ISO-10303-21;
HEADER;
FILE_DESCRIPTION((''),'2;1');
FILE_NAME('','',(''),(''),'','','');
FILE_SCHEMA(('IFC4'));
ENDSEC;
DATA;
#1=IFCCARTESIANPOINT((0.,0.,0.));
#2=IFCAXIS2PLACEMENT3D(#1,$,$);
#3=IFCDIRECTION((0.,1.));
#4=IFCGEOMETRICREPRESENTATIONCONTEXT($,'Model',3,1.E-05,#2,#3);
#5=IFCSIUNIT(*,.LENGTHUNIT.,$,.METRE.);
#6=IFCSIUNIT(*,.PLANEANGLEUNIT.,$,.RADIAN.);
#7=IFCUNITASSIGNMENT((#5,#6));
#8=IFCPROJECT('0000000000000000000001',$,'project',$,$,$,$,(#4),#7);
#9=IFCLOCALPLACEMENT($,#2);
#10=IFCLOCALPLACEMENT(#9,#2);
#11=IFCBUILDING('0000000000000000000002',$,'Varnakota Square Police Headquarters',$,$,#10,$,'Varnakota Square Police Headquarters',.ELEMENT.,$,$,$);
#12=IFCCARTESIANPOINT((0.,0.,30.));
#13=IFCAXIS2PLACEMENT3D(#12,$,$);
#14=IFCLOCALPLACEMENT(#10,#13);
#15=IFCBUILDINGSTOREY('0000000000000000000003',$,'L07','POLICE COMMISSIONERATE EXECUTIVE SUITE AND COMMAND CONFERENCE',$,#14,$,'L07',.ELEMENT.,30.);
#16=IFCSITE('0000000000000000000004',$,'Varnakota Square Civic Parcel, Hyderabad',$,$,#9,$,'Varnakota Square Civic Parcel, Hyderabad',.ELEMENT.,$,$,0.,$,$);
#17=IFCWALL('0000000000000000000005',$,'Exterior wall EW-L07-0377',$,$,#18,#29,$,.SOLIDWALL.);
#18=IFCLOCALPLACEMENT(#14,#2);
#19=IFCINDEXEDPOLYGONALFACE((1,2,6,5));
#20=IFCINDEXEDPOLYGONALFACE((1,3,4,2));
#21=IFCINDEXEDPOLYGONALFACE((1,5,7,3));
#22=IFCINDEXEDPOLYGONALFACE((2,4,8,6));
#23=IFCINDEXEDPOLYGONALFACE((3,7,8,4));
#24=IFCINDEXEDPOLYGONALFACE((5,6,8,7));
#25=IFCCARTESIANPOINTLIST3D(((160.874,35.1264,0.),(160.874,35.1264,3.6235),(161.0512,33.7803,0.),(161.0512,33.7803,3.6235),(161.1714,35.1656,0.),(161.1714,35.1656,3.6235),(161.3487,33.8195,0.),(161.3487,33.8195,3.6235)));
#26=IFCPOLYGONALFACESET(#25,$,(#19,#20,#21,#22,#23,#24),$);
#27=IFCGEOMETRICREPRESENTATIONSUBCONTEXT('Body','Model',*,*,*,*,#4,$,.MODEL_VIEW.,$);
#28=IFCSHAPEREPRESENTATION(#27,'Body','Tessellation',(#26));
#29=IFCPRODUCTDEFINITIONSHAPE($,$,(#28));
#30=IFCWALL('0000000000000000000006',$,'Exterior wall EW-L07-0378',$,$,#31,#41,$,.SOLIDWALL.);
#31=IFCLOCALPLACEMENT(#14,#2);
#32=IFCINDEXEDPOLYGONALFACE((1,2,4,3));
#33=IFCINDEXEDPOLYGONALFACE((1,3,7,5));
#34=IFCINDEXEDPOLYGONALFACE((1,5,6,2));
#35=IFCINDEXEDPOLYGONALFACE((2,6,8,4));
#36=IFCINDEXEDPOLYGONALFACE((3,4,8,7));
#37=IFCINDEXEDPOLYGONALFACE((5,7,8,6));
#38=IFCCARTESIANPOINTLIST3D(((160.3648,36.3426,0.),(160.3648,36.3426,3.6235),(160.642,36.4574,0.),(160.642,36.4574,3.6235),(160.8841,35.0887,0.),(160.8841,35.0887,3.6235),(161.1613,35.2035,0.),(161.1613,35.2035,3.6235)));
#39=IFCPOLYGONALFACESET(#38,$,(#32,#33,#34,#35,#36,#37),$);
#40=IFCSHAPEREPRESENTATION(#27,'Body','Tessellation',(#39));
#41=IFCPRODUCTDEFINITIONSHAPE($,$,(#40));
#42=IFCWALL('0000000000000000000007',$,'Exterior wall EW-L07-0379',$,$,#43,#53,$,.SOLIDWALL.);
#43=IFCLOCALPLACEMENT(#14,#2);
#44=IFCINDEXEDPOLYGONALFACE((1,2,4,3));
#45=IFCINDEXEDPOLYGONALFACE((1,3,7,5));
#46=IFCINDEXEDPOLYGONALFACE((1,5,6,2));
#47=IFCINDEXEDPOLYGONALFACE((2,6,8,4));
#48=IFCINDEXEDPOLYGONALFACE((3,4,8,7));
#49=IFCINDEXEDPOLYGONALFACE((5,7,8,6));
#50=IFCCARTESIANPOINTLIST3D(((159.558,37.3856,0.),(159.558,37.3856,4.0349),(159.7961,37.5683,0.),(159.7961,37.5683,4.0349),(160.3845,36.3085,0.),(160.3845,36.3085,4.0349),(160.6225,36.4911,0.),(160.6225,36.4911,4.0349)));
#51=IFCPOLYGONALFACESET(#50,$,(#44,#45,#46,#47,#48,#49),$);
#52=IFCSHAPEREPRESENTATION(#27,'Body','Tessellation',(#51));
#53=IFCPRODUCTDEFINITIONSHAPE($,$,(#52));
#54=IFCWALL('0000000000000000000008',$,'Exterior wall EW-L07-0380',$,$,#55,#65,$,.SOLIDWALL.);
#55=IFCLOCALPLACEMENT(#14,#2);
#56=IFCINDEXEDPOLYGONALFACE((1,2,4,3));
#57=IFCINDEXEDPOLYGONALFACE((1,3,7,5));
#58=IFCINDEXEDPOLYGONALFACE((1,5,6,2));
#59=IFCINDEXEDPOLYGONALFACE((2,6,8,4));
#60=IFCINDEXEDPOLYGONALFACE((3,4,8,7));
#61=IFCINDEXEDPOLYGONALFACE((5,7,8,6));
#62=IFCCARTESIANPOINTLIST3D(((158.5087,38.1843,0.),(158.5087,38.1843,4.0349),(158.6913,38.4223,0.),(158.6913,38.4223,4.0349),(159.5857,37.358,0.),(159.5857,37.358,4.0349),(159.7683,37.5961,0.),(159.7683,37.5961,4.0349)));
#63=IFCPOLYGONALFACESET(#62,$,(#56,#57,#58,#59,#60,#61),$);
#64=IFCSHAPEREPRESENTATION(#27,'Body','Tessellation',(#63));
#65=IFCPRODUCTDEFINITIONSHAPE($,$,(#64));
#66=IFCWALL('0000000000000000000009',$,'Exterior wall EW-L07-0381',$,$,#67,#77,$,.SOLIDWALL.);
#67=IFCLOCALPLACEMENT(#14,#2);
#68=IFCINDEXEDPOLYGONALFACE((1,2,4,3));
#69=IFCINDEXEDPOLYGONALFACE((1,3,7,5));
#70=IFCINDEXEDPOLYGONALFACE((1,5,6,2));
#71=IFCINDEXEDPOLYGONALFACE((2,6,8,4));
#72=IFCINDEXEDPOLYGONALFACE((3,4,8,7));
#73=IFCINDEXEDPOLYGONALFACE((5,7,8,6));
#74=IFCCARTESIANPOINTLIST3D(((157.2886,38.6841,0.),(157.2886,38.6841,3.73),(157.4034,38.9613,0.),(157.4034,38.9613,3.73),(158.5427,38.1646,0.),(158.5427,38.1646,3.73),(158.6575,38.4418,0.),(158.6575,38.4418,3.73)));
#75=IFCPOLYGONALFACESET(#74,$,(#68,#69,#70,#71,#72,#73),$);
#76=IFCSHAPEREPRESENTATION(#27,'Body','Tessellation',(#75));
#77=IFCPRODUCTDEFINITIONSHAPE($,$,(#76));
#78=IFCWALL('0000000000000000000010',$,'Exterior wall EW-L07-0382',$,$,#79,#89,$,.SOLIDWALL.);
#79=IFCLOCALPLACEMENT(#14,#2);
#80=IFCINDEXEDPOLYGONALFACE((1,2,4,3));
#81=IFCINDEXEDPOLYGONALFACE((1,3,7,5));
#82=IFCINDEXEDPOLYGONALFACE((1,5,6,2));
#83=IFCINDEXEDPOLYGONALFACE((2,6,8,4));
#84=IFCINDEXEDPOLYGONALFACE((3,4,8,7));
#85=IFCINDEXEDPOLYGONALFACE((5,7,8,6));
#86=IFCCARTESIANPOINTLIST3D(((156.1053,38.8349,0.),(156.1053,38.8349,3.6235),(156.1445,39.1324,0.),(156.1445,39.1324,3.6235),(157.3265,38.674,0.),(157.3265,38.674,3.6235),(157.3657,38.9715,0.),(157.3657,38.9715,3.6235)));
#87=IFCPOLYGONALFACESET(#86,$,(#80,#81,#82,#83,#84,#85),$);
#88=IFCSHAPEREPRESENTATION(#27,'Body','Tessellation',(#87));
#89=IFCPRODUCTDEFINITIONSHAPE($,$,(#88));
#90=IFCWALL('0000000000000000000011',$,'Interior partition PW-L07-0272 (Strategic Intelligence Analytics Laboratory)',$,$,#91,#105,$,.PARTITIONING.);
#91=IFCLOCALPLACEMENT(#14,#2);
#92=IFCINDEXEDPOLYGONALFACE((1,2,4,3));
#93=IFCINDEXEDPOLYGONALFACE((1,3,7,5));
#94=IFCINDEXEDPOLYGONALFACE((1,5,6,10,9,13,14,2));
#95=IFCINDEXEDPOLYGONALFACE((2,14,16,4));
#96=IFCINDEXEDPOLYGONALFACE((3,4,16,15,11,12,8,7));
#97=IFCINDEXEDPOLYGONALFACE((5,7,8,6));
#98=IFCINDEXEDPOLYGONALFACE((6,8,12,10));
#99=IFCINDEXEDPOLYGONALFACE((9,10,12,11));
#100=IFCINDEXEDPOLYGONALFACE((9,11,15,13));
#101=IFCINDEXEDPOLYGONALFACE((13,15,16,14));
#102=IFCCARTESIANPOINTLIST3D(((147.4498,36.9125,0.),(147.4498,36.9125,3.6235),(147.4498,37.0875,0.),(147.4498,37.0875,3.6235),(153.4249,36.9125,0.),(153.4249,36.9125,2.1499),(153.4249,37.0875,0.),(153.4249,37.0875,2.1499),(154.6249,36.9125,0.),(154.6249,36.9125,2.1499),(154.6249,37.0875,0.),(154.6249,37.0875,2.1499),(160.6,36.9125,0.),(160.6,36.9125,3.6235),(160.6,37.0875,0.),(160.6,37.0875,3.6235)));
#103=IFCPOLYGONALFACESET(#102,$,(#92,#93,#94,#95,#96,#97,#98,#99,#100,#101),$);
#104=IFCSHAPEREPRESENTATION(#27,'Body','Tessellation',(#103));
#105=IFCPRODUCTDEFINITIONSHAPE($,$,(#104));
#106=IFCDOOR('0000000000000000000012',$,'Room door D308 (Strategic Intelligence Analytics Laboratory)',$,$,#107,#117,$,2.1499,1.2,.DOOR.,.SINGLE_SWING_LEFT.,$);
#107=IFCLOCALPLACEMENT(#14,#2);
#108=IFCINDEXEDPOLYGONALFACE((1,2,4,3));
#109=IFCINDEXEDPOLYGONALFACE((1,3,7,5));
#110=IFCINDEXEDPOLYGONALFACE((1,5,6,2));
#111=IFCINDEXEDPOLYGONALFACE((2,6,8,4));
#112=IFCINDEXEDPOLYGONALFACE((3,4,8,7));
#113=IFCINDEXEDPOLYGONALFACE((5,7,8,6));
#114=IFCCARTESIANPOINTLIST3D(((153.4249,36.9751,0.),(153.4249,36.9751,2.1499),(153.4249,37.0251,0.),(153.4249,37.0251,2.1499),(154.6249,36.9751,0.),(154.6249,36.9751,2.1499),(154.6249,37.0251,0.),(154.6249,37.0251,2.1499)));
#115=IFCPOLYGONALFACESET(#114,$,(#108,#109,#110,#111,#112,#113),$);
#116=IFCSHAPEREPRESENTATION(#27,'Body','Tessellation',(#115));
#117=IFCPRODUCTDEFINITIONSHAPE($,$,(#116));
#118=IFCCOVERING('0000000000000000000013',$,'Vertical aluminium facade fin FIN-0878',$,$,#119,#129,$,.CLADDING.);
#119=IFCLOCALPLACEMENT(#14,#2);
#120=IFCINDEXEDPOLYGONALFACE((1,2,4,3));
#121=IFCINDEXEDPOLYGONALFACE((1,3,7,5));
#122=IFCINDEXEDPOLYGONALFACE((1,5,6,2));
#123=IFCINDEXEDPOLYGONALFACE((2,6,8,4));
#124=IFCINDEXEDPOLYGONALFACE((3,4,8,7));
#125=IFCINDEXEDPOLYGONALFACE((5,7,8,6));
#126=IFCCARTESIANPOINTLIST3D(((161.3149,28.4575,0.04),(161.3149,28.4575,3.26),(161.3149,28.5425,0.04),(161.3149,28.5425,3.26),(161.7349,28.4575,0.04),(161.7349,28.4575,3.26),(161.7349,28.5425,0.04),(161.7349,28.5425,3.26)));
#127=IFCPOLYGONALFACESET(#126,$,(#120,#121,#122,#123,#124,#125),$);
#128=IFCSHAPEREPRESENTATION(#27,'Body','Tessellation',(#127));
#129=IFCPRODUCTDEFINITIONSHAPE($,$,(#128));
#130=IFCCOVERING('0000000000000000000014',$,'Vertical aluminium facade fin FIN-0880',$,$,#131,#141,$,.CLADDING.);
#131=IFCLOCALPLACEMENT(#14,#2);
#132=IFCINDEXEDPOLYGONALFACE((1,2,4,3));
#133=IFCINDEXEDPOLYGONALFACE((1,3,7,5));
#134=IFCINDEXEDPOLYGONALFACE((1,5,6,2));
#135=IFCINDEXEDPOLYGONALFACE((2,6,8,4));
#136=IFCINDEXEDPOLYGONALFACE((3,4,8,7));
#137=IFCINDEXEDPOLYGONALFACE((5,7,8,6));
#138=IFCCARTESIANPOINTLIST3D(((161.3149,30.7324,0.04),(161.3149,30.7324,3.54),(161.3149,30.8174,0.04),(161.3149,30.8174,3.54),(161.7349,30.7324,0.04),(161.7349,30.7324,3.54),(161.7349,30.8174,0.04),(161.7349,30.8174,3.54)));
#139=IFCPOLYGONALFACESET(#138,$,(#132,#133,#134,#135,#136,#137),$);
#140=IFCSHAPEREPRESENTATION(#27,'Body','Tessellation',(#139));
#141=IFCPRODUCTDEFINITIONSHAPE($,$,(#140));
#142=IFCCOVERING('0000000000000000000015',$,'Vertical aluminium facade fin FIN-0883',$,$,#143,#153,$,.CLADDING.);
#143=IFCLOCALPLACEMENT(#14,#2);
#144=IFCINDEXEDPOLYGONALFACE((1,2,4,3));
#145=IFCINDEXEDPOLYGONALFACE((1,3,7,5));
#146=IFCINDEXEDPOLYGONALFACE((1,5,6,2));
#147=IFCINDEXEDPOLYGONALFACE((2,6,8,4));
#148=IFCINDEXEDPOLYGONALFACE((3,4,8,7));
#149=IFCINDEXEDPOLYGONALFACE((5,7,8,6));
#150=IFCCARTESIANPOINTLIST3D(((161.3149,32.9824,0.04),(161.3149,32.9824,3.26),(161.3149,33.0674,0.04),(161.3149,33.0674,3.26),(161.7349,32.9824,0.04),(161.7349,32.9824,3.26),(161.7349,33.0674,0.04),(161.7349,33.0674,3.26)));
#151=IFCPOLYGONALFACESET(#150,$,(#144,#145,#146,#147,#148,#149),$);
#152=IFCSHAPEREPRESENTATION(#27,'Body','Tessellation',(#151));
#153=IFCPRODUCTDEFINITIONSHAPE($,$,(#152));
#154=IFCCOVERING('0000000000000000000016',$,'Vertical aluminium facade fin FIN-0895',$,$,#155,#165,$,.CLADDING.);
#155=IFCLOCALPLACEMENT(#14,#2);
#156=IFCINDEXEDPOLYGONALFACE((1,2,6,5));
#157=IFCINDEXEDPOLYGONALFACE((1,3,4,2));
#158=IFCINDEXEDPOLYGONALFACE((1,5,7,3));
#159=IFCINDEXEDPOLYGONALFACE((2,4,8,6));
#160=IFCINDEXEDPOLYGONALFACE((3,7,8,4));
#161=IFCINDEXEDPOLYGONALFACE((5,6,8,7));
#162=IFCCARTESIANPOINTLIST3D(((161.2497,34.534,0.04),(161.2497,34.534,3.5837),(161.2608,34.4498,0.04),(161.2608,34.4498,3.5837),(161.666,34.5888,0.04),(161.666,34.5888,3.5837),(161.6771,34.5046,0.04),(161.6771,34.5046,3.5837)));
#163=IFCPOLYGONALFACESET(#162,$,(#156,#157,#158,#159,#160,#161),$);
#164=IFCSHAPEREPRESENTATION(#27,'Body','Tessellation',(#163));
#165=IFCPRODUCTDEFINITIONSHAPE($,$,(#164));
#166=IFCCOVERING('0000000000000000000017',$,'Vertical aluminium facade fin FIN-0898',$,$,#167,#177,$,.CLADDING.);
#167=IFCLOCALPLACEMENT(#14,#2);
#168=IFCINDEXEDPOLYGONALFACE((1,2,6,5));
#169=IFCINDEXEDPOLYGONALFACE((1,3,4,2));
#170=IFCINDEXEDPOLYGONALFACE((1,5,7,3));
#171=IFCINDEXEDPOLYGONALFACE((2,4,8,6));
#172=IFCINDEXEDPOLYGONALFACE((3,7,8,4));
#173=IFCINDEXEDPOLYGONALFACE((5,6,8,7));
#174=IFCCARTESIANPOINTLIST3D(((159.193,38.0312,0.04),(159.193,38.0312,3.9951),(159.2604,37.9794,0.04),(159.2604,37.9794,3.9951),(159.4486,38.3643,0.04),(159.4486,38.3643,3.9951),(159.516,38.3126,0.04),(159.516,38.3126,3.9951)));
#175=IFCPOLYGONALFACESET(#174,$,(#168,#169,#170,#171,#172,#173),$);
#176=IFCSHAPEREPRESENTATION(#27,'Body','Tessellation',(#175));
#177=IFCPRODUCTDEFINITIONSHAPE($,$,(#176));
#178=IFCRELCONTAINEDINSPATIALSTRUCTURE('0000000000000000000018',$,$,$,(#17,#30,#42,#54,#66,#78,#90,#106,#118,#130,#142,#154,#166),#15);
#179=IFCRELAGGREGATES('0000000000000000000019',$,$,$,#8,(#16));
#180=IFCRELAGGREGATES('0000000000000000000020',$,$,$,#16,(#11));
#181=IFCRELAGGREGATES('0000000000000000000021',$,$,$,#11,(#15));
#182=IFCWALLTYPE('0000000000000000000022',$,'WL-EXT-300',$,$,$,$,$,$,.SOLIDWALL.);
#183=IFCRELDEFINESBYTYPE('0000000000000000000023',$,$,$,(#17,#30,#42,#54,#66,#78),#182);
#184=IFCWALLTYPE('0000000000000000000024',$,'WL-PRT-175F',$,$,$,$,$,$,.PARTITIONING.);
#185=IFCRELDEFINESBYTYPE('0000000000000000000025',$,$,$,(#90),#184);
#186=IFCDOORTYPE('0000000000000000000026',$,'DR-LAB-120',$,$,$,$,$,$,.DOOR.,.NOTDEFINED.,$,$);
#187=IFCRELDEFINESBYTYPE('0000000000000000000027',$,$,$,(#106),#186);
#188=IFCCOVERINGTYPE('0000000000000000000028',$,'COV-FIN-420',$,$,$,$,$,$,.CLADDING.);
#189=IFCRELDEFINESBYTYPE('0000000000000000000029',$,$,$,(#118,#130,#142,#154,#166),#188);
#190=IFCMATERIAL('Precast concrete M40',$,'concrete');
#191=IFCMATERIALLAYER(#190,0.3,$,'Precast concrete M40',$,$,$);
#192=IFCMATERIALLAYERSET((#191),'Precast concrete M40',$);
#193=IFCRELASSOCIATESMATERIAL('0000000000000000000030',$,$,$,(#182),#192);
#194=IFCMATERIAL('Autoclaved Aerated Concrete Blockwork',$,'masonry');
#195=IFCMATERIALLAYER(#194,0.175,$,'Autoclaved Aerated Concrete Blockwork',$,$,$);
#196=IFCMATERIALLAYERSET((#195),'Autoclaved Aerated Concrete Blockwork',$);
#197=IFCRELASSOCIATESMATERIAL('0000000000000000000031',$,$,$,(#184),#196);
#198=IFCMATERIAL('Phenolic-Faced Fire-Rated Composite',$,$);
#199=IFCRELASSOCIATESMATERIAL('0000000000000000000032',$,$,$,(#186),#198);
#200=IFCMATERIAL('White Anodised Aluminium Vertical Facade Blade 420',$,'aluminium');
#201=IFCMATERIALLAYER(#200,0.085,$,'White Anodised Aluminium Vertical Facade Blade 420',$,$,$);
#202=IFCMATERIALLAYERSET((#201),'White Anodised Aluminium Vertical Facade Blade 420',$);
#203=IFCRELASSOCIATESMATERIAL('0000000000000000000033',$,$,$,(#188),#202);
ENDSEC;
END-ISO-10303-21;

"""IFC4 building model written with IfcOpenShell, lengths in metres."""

from ifc_helpers import new_model, si_unit, direction, frame, frame_2d, origin, origin_2d, place, context, subcontext, project, spatial, rectangle, extrude, material, layer, layer_set, type_object, element, fill, save


model = new_model("IFC4")

# Units and contexts
model_context = context("Model", 3, precision=1e-05, world=origin(), true_north=direction((0.0, 1.0)))
body_context = subcontext(model_context, "Body", "Model", "MODEL_VIEW")
ifc_project = project(units=[si_unit("LENGTHUNIT", "METRE"), si_unit("PLANEANGLEUNIT", "RADIAN")], contexts=[model_context])

# Site, building, storey
site_placement = place(None, origin())
site = spatial("IfcSite", under=ifc_project, at=site_placement, Name="Varnakota Square Civic Parcel, Hyderabad", LongName="Varnakota Square Civic Parcel, Hyderabad", CompositionType="ELEMENT", RefElevation=0.0)
building_placement = place(site_placement, origin())
building = spatial("IfcBuilding", under=site, at=building_placement, Name="Varnakota Square Police Headquarters", LongName="Varnakota Square Police Headquarters", CompositionType="ELEMENT")
storey_placement = place(building_placement, frame((0.0, 0.0, 30.0)))
storey = spatial("IfcBuildingStorey", under=building, at=storey_placement, Name="L07", Description="POLICE COMMISSIONERATE EXECUTIVE SUITE AND COMMAND CONFERENCE", LongName="L07", CompositionType="ELEMENT", Elevation=30.0)

# Walls
ifc_material_1 = material(Name="Precast concrete M40", Category="concrete")
ifc_layer_1 = layer(ifc_material_1, 0.3, Name="Precast concrete M40")
ifc_layer_set_1 = layer_set([ifc_layer_1], Name="Precast concrete M40")
wall_type_1 = type_object("IfcWallType", Name="WL-EXT-300", PredefinedType="SOLIDWALL", material=ifc_layer_set_1)
wall_1_placement = place(storey_placement, frame((161.2, 33.8, 0.0), z_axis=(0.0, 0.0, 1.0), x_axis=(-0.130562, 0.99144, 0.0)))
element("IfcWall", 1, at=wall_1_placement, inside=storey, type_object=wall_type_1, Name="Exterior wall EW-L07-0377", PredefinedType="SOLIDWALL", context=body_context, shape_type="SweptSolid", body=[
    extrude(rectangle(XDim=1.3577, YDim=0.3, at=frame_2d((0.6787, 0.0))), origin(), (0.0, 0.0, 1.0), 3.6235),
])
wall_2_placement = place(storey_placement, frame((161.0227, 35.146, 0.0), z_axis=(0.0, 0.0, 1.0), x_axis=(-0.382622, 0.923905, 0.0)))
element("IfcWall", 2, at=wall_2_placement, inside=storey, type_object=wall_type_1, Name="Exterior wall EW-L07-0378", PredefinedType="SOLIDWALL", context=body_context, shape_type="SweptSolid", body=[
    extrude(rectangle(XDim=1.3572, YDim=0.3, at=frame_2d((0.6787, 0.0))), origin(), (0.0, 0.0, 1.0), 3.6235),
])
wall_3_placement = place(storey_placement, frame((160.5034, 36.3999, 0.0), z_axis=(0.0, 0.0, 1.0), x_axis=(-0.608711, 0.793392, 0.0)))
element("IfcWall", 3, at=wall_3_placement, inside=storey, type_object=wall_type_1, Name="Exterior wall EW-L07-0379", PredefinedType="SOLIDWALL", context=body_context, shape_type="SweptSolid", body=[
    extrude(rectangle(XDim=1.3577, YDim=0.3, at=frame_2d((0.6787, 0.0))), origin(), (0.0, 0.0, 1.0), 4.0349),
])
wall_4_placement = place(storey_placement, frame((159.677, 37.4771, 0.0), z_axis=(0.0, 0.0, 1.0), x_axis=(-0.793412, 0.608685, 0.0)))
element("IfcWall", 4, at=wall_4_placement, inside=storey, type_object=wall_type_1, Name="Exterior wall EW-L07-0380", PredefinedType="SOLIDWALL", context=body_context, shape_type="SweptSolid", body=[
    extrude(rectangle(XDim=1.3574, YDim=0.3, at=frame_2d((0.6787, 0.0))), origin(), (0.0, 0.0, 1.0), 4.0349),
])
wall_5_placement = place(storey_placement, frame((158.6001, 38.3032, 0.0), z_axis=(0.0, 0.0, 1.0), x_axis=(-0.923868, 0.382712, 0.0)))
element("IfcWall", 5, at=wall_5_placement, inside=storey, type_object=wall_type_1, Name="Exterior wall EW-L07-0381", PredefinedType="SOLIDWALL", context=body_context, shape_type="SweptSolid", body=[
    extrude(rectangle(XDim=1.3574, YDim=0.3, at=frame_2d((0.6787, 0.0))), origin(), (0.0, 0.0, 1.0), 3.73),
])
wall_6_placement = place(storey_placement, frame((157.3459, 38.8228, 0.0), z_axis=(0.0, 0.0, 1.0), x_axis=(-0.991433, 0.130619, 0.0)))
element("IfcWall", 6, at=wall_6_placement, inside=storey, type_object=wall_type_1, Name="Exterior wall EW-L07-0382", PredefinedType="SOLIDWALL", context=body_context, shape_type="SweptSolid", body=[
    extrude(rectangle(XDim=1.2317, YDim=0.3, at=frame_2d((0.6157, 0.0))), origin(), (0.0, 0.0, 1.0), 3.6235),
])

# Wall, opening, door
ifc_material_2 = material(Name="Autoclaved Aerated Concrete Blockwork", Category="masonry")
ifc_layer_2 = layer(ifc_material_2, 0.175, Name="Autoclaved Aerated Concrete Blockwork")
ifc_layer_set_2 = layer_set([ifc_layer_2], Name="Autoclaved Aerated Concrete Blockwork")
wall_type_2 = type_object("IfcWallType", Name="WL-PRT-175F", PredefinedType="PARTITIONING", material=ifc_layer_set_2)
wall_7_placement = place(storey_placement, frame((160.6001, 37.0, 0.0), z_axis=(0.0, 0.0, 1.0), x_axis=(-1.0, 0.0, 0.0)))
wall_7 = element("IfcWall", 7, at=wall_7_placement, inside=storey, type_object=wall_type_2, Name="Interior partition PW-L07-0272 (Strategic Intelligence Analytics Laboratory)", PredefinedType="PARTITIONING", context=body_context, shape_type="SweptSolid", body=[
    extrude(rectangle(XDim=13.1501, YDim=0.175, at=frame_2d((6.5752, 0.0))), origin(), (0.0, 0.0, 1.0), 3.6235),
])
opening_placement = place(wall_7_placement, frame((5.9751, 0.0, 0.0)))
opening = element("IfcOpeningElement", 8, at=opening_placement, cuts=wall_7, PredefinedType="OPENING", context=body_context, shape_type="SweptSolid", body=[
    extrude(rectangle(XDim=1.2, YDim=2.1499, at=frame_2d((0.6001, 1.075))), frame((0.0, 0.0974, 0.0), z_axis=(0.0, -1.0, 0.0), x_axis=(1.0, 0.0, 0.0)), (0.0, 0.0, 1.0), 0.1951),
])
ifc_material_3 = material(Name="Phenolic-Faced Fire-Rated Composite")
door_type = type_object("IfcDoorType", Name="DR-LAB-120", OperationType="NOTDEFINED", PredefinedType="DOOR", material=ifc_material_3)
door_placement = place(opening_placement, origin())
door = element("IfcDoor", 9, at=door_placement, inside=storey, type_object=door_type, Name="Room door D308 (Strategic Intelligence Analytics Laboratory)", OperationType="SINGLE_SWING_LEFT", OverallHeight=2.1499, OverallWidth=1.2, PredefinedType="DOOR", context=body_context, shape_type="SweptSolid", body=[
    extrude(rectangle(XDim=1.2, YDim=2.1499, at=frame_2d((0.6001, 1.075))), frame((0.0, 0.0249, 0.0), z_axis=(0.0, -1.0, 0.0), x_axis=(1.0, 0.0, 0.0)), (0.0, 0.0, 1.0), 0.05),
])
fill(opening, door)

# Coverings
ifc_material_4 = material(Name="White Anodised Aluminium Vertical Facade Blade 420", Category="aluminium")
ifc_layer_3 = layer(ifc_material_4, 0.085, Name="White Anodised Aluminium Vertical Facade Blade 420")
ifc_layer_set_3 = layer_set([ifc_layer_3], Name="White Anodised Aluminium Vertical Facade Blade 420")
covering_type_1 = type_object("IfcCoveringType", Name="COV-FIN-420", PredefinedType="CLADDING", material=ifc_layer_set_3)
covering_1_placement = place(storey_placement, frame((161.5249, 28.5, 0.04), z_axis=(0.0, 0.0, 1.0), x_axis=(0.0, 1.0, 0.0)))
element("IfcCovering", 10, at=covering_1_placement, inside=storey, type_object=covering_type_1, Name="Vertical aluminium facade fin FIN-0878", PredefinedType="CLADDING", context=body_context, shape_type="SweptSolid", body=[
    extrude(rectangle(XDim=0.085, YDim=0.4199, at=origin_2d()), origin(), (0.0, 0.0, 1.0), 3.22),
])
covering_2_placement = place(storey_placement, frame((161.5249, 30.7749, 0.04), z_axis=(0.0, 0.0, 1.0), x_axis=(0.0, 1.0, 0.0)))
element("IfcCovering", 11, at=covering_2_placement, inside=storey, type_object=covering_type_1, Name="Vertical aluminium facade fin FIN-0880", PredefinedType="CLADDING", context=body_context, shape_type="SweptSolid", body=[
    extrude(rectangle(XDim=0.085, YDim=0.4199, at=origin_2d()), origin(), (0.0, 0.0, 1.0), 3.5),
])
covering_3_placement = place(storey_placement, frame((161.5249, 33.0249, 0.04), z_axis=(0.0, 0.0, 1.0), x_axis=(0.0, 1.0, 0.0)))
element("IfcCovering", 12, at=covering_3_placement, inside=storey, type_object=covering_type_1, Name="Vertical aluminium facade fin FIN-0883", PredefinedType="CLADDING", context=body_context, shape_type="SweptSolid", body=[
    extrude(rectangle(XDim=0.085, YDim=0.4199, at=origin_2d()), origin(), (0.0, 0.0, 1.0), 3.22),
])
covering_4_placement = place(storey_placement, frame((161.4634, 34.5193, 0.04), z_axis=(0.0, 0.0, 1.0), x_axis=(-0.130526, 0.991445, 0.0)))
element("IfcCovering", 13, at=covering_4_placement, inside=storey, type_object=covering_type_1, Name="Vertical aluminium facade fin FIN-0895", PredefinedType="CLADDING", context=body_context, shape_type="SweptSolid", body=[
    extrude(rectangle(XDim=0.085, YDim=0.4199, at=origin_2d()), origin(), (0.0, 0.0, 1.0), 3.5437),
])
covering_5_placement = place(storey_placement, frame((159.3545, 38.1719, 0.04), z_axis=(0.0, 0.0, 1.0), x_axis=(-0.793353, 0.608761, 0.0)))
element("IfcCovering", 14, at=covering_5_placement, inside=storey, type_object=covering_type_1, Name="Vertical aluminium facade fin FIN-0898", PredefinedType="CLADDING", context=body_context, shape_type="SweptSolid", body=[
    extrude(rectangle(XDim=0.085, YDim=0.4199, at=origin_2d()), origin(), (0.0, 0.0, 1.0), 3.9551),
])

save(model, "model.ifc")
